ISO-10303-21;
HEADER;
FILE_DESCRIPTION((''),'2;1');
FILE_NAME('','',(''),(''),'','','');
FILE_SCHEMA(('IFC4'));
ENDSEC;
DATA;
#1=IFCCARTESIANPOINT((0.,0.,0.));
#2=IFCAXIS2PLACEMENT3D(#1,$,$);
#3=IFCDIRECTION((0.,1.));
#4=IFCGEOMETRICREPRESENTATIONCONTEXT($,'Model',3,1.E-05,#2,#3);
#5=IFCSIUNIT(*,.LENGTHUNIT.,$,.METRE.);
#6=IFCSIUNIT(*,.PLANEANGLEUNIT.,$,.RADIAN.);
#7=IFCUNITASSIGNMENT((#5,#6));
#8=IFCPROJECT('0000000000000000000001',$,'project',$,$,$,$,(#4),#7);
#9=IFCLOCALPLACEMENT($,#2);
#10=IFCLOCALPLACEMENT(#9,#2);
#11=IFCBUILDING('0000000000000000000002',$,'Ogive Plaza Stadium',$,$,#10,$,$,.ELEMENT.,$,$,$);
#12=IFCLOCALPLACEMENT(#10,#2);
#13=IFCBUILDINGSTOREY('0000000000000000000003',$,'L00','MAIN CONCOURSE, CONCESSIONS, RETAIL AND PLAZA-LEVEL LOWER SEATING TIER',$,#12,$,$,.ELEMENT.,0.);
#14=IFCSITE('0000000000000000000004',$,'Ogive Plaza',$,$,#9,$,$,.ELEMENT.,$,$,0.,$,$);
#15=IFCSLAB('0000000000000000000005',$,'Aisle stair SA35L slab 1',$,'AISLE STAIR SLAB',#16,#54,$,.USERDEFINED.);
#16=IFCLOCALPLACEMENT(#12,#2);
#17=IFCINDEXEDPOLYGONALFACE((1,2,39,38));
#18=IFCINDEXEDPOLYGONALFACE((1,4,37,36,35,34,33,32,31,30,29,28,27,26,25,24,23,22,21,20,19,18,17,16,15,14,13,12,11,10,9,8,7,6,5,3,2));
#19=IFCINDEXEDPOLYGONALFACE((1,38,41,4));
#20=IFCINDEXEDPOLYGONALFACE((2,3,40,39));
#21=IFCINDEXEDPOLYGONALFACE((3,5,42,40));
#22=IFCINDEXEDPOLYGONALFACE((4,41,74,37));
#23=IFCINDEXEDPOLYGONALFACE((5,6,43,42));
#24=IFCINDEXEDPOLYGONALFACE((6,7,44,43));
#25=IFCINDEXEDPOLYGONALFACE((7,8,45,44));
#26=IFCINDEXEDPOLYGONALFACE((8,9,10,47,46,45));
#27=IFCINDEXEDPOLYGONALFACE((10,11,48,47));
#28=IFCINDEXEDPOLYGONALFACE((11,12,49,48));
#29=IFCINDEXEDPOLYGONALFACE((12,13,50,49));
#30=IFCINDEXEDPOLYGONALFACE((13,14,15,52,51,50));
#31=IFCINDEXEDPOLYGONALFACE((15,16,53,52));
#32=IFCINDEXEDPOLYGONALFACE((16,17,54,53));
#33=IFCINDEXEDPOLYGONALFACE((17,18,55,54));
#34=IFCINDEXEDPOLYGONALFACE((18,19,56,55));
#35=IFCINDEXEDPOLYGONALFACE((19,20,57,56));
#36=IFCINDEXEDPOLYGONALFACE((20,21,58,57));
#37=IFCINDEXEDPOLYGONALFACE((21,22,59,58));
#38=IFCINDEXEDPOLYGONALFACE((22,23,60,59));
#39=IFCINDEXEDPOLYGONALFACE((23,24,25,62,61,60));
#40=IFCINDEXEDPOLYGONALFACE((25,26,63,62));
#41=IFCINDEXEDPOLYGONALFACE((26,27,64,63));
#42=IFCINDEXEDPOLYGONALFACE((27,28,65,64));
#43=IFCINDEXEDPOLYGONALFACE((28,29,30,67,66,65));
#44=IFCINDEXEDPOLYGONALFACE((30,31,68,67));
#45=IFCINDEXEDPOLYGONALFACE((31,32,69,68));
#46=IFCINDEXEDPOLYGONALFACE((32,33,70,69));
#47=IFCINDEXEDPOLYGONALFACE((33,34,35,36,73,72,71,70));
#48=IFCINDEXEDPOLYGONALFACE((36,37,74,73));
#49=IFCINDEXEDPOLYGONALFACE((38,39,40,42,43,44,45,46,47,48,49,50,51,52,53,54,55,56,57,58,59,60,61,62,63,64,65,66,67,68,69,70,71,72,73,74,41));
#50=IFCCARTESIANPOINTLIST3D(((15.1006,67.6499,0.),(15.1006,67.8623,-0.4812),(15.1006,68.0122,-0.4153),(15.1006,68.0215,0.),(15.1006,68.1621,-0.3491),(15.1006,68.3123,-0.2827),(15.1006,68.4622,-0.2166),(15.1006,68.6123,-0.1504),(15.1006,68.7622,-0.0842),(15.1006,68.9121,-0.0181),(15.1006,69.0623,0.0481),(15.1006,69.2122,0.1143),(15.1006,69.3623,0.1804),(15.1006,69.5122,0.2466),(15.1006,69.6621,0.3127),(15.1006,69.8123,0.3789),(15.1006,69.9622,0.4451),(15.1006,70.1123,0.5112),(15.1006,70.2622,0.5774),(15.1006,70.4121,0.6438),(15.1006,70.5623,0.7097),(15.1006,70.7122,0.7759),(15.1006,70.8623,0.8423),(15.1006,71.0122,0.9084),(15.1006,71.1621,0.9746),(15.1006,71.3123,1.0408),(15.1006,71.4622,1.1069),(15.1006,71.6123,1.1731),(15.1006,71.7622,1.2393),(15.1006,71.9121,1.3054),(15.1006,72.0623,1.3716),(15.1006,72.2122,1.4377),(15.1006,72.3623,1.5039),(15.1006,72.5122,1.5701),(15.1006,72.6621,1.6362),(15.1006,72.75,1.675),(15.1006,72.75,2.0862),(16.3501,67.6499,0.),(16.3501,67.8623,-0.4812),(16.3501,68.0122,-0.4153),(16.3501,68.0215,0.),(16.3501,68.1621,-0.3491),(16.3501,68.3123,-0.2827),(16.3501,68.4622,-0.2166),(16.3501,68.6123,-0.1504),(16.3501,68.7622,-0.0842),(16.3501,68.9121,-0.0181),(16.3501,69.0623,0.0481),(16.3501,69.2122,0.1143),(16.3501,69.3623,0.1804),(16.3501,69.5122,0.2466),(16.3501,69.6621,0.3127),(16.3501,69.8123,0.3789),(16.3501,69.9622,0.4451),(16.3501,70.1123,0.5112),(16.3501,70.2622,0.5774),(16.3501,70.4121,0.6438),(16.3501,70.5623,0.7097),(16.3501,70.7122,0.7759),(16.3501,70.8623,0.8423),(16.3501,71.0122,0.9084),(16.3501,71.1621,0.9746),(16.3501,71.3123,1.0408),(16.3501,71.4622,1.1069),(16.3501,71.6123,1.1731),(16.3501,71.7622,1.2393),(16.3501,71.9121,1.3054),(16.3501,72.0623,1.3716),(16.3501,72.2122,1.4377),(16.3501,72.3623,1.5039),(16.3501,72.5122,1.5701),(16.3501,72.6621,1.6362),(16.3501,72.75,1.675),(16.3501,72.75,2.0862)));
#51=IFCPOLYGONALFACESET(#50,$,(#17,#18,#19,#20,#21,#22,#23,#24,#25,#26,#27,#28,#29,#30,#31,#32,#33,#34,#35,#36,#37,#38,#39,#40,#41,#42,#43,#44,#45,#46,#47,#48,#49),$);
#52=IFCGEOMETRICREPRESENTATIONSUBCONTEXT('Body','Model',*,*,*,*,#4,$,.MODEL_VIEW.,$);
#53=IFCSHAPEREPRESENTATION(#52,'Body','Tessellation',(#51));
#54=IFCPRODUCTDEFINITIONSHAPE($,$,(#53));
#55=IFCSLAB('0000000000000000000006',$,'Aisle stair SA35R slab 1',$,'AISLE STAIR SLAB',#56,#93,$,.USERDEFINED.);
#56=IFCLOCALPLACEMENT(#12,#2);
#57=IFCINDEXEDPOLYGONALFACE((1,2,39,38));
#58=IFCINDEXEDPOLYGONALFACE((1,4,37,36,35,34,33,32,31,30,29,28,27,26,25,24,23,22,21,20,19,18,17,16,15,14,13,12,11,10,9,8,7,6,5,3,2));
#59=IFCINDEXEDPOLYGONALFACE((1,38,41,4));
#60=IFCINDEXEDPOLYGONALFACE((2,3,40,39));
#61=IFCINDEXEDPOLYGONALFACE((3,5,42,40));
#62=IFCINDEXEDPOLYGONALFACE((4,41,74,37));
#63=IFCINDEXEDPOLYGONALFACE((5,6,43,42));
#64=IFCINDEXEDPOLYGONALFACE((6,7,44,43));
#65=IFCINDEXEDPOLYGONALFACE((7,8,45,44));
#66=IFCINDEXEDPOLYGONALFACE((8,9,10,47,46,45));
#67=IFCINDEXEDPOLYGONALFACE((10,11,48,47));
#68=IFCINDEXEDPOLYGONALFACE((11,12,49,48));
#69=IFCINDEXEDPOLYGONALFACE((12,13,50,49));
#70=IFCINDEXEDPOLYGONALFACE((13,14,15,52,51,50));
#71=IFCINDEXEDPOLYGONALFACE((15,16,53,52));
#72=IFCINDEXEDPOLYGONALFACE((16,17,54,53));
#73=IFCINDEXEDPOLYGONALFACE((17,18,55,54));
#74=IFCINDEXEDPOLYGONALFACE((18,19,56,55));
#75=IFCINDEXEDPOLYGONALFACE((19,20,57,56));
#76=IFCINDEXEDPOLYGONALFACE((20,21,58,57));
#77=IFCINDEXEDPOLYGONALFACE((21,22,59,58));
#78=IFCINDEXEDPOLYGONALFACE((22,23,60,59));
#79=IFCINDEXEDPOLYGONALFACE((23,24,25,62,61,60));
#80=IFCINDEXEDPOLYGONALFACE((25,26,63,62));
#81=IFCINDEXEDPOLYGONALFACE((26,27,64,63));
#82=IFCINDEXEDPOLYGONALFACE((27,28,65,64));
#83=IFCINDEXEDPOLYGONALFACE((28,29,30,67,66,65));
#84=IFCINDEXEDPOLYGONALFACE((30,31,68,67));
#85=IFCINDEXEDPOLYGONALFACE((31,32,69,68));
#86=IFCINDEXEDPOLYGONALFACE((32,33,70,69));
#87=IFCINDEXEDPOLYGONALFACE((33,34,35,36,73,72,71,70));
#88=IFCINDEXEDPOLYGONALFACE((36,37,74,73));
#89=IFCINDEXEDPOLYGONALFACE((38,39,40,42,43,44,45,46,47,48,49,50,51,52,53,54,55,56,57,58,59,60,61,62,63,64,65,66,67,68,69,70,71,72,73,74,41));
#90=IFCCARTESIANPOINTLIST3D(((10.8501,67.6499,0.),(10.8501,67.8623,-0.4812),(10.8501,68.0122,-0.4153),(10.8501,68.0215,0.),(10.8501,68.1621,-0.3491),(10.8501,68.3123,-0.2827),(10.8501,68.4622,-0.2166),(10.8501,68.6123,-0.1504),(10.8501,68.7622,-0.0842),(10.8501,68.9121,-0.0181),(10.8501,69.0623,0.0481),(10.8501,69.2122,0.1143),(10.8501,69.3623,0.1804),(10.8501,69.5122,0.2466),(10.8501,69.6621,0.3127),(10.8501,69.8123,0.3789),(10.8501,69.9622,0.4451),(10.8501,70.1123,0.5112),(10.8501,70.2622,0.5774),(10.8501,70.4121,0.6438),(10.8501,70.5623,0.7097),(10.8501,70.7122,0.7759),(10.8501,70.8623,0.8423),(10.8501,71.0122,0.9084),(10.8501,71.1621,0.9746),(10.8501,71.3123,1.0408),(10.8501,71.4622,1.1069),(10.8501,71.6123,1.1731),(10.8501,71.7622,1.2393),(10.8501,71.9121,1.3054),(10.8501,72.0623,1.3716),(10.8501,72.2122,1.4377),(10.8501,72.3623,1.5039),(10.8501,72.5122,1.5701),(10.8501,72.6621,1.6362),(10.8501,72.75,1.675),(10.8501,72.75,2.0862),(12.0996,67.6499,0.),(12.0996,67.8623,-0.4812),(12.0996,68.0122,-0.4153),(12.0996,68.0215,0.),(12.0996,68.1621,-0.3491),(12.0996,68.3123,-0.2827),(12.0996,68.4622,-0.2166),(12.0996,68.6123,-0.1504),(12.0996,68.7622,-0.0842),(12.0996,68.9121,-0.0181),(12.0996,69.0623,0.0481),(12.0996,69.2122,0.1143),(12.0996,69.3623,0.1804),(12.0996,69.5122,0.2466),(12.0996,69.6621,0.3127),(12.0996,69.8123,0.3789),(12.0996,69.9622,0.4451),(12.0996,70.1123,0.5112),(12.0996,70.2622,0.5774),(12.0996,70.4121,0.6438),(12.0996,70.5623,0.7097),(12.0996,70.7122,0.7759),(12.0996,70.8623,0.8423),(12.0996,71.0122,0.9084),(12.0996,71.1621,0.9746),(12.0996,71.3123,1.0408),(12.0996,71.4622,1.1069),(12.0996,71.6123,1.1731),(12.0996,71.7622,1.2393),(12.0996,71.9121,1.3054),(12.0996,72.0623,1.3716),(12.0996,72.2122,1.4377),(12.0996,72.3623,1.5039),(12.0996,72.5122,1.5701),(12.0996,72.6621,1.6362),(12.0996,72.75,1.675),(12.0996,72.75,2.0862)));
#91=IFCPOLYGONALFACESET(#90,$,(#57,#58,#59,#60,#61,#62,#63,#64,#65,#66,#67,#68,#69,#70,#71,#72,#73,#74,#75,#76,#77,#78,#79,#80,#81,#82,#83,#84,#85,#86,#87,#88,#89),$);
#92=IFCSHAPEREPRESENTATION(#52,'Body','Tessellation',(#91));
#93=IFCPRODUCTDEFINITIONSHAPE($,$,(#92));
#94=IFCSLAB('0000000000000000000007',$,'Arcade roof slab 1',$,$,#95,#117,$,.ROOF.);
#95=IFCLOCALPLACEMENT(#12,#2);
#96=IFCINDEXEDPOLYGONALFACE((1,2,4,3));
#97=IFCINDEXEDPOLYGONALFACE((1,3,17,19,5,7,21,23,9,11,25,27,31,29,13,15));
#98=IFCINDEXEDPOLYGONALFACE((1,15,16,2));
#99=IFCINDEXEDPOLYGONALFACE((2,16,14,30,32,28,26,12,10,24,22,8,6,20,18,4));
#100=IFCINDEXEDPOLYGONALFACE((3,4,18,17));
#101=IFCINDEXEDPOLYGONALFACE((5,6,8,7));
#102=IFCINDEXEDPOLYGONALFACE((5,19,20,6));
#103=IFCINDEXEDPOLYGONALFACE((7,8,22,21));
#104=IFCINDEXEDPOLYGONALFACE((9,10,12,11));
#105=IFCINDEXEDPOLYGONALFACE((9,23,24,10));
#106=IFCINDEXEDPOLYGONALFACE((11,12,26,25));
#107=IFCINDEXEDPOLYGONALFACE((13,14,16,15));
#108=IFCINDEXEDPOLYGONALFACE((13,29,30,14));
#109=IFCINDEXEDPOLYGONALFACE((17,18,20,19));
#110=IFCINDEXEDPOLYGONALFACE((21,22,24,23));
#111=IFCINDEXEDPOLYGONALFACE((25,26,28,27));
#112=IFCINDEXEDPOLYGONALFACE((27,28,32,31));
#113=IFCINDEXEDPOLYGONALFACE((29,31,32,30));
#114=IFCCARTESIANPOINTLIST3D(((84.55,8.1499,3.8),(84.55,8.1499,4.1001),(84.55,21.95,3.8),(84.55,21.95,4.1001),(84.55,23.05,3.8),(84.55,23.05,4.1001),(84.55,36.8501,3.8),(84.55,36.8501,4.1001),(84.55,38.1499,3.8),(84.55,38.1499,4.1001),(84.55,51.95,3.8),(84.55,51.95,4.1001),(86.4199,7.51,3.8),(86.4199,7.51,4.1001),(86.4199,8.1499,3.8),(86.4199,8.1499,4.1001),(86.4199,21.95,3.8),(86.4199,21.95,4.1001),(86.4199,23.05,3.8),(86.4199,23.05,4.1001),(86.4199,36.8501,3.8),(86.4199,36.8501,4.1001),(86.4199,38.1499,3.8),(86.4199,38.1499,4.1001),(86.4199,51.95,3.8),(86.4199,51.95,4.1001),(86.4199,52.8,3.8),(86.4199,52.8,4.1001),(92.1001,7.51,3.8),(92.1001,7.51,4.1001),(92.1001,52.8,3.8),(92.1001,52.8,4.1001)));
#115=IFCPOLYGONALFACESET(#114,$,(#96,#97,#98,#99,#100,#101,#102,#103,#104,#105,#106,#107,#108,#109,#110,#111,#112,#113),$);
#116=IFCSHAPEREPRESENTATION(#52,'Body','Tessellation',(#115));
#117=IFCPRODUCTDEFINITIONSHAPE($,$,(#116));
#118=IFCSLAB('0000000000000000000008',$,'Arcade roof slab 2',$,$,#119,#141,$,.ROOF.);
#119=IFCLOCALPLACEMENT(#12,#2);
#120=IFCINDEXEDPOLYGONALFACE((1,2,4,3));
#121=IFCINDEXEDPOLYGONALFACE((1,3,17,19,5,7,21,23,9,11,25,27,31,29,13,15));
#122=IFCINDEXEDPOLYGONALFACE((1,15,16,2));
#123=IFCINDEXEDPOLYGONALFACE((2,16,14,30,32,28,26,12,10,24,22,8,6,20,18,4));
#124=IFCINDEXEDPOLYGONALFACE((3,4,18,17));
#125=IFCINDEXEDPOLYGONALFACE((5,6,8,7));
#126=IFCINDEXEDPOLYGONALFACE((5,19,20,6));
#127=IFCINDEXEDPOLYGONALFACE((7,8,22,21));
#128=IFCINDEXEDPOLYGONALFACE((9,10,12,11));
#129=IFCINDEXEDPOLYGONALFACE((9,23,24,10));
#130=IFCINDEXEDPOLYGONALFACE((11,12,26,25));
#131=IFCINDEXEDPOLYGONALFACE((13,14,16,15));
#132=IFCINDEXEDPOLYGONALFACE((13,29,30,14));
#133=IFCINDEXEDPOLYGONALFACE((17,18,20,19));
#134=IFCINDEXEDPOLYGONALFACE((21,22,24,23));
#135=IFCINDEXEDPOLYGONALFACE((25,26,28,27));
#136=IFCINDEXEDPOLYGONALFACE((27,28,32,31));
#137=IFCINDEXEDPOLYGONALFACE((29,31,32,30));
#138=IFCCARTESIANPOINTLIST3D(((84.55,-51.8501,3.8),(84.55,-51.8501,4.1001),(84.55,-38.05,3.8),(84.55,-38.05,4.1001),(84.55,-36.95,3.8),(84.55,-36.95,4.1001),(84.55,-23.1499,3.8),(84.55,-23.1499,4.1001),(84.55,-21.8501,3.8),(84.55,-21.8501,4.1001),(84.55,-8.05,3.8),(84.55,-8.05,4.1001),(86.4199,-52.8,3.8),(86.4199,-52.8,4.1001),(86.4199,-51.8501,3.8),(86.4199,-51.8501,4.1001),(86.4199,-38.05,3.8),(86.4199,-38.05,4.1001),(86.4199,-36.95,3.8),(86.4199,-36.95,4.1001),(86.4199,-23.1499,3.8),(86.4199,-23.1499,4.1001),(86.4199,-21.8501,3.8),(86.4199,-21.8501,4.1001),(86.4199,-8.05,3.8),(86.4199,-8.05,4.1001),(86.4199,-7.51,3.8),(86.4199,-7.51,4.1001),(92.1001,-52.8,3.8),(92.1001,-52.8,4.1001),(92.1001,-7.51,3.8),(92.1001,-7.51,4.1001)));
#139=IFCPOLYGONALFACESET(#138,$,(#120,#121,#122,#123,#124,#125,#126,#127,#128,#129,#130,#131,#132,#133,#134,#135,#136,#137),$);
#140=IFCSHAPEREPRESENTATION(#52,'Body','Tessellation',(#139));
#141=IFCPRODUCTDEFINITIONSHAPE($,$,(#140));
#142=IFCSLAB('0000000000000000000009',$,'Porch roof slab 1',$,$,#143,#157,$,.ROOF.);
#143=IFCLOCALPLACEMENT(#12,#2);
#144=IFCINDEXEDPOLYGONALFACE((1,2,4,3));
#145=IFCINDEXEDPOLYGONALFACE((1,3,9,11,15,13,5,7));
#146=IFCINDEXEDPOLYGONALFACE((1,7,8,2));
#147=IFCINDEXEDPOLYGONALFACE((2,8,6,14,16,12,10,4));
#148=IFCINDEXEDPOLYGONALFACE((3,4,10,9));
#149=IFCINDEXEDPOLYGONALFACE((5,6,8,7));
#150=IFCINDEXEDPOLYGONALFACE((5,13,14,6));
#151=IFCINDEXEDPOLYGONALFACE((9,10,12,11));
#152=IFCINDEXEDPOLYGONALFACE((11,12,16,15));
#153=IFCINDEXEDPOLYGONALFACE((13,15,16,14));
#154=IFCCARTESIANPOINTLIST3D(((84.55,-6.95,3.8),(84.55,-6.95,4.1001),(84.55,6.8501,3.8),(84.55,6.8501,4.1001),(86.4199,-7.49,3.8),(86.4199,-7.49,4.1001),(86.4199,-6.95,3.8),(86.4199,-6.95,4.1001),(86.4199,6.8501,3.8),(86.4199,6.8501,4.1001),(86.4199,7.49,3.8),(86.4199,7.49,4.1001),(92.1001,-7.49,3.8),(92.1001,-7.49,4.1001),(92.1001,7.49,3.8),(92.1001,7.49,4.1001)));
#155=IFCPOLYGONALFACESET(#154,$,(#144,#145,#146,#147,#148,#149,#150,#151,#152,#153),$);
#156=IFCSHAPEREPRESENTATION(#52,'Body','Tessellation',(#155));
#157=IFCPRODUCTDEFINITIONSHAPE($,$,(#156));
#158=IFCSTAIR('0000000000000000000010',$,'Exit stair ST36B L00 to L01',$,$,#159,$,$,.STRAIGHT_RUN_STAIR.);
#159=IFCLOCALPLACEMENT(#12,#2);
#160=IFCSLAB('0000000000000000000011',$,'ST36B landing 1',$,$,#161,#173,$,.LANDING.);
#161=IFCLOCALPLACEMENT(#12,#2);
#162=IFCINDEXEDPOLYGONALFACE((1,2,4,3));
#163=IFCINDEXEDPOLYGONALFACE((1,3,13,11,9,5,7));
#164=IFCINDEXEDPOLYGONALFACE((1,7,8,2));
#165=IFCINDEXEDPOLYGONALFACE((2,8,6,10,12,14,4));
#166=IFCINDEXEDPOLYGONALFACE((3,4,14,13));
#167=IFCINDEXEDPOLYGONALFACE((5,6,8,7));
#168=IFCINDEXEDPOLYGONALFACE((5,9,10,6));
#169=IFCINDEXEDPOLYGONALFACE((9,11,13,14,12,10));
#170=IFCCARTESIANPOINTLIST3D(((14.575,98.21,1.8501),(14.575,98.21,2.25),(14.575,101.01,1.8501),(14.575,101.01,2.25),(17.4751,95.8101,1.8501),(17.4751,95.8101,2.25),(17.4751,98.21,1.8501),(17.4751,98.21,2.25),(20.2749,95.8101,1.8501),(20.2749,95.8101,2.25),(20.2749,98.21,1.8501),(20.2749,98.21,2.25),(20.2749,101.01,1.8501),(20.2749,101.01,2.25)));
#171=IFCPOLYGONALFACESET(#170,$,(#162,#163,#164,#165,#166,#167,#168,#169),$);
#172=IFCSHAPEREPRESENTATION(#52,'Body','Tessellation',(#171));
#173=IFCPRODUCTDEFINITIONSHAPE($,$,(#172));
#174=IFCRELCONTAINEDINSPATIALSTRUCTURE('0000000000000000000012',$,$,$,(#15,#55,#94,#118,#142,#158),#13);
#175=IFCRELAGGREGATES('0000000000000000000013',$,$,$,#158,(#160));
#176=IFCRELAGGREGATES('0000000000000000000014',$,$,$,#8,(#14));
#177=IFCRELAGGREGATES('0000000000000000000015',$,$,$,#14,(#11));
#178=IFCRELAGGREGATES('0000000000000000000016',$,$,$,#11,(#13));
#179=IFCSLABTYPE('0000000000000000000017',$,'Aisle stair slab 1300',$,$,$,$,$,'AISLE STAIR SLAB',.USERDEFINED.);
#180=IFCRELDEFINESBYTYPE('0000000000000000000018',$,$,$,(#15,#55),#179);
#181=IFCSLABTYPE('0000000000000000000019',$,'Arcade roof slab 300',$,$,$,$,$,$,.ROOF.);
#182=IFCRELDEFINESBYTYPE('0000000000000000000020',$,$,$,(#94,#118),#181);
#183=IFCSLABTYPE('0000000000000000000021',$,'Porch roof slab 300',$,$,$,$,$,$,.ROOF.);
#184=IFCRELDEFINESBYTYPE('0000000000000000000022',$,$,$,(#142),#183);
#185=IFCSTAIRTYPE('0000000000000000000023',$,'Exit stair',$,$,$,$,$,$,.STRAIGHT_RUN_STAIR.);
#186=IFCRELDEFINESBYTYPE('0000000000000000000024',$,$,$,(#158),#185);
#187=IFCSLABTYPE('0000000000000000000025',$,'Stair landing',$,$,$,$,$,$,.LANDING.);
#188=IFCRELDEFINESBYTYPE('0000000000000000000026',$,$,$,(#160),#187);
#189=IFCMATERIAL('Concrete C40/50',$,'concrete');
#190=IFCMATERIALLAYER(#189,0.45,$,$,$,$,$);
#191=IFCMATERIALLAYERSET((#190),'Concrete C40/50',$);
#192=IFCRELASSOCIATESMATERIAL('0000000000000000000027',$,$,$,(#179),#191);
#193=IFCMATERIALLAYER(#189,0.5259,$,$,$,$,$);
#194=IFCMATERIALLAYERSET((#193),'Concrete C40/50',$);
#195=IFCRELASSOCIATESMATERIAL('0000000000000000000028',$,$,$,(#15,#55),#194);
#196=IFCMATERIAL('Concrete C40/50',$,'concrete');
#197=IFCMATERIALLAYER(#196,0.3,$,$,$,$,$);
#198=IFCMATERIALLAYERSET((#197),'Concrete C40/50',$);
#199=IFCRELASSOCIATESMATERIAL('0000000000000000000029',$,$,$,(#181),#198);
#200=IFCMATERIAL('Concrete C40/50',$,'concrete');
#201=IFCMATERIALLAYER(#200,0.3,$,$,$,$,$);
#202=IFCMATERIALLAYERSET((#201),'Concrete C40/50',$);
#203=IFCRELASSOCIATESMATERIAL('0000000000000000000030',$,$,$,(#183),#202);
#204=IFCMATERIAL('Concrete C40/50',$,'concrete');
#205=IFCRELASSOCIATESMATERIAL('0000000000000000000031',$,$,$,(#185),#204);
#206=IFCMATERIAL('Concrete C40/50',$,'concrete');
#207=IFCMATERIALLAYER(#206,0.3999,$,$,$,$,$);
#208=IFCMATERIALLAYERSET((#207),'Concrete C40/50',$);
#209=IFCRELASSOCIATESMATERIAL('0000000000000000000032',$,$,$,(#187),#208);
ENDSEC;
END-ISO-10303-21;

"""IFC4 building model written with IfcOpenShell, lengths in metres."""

from ifc_helpers import new_model, si_unit, direction, frame, origin, place, context, subcontext, project, spatial, polyline, outline, extrude, material, layer, layer_set, type_object, element, aggregate, save


model = new_model("IFC4")

# Units and contexts
model_context = context("Model", 3, precision=1e-05, world=origin(), true_north=direction((0.0, 1.0)))
body_context = subcontext(model_context, "Body", "Model", "MODEL_VIEW")
ifc_project = project(units=[si_unit("LENGTHUNIT", "METRE"), si_unit("PLANEANGLEUNIT", "RADIAN")], contexts=[model_context])

# Site, building, storey
site_placement = place(None, origin())
site = spatial("IfcSite", under=ifc_project, at=site_placement, Name="Ogive Plaza", CompositionType="ELEMENT", RefElevation=0.0)
building_placement = place(site_placement, origin())
building = spatial("IfcBuilding", under=site, at=building_placement, Name="Ogive Plaza Stadium", CompositionType="ELEMENT")
storey_placement = place(building_placement, origin())
storey = spatial("IfcBuildingStorey", under=building, at=storey_placement, Name="L00", Description="MAIN CONCOURSE, CONCESSIONS, RETAIL AND PLAZA-LEVEL LOWER SEATING TIER", CompositionType="ELEMENT", Elevation=0.0)

# Slabs
ifc_material_1 = material(Name="Concrete C40/50", Category="concrete")
ifc_layer_1 = layer(ifc_material_1, 0.5259)
ifc_layer_set_1 = layer_set([ifc_layer_1], Name="Concrete C40/50")
ifc_layer_2 = layer(ifc_material_1, 0.45)
ifc_layer_set_2 = layer_set([ifc_layer_2], Name="Concrete C40/50")
slab_type_1 = type_object("IfcSlabType", Name="Aisle stair slab 1300", ElementType="AISLE STAIR SLAB", PredefinedType="USERDEFINED", material=ifc_layer_set_2)
for number, where, z_axis, x_axis, name in (
    (1, (15.7253, 67.6499, 0.0), (0.0, 0.0, 1.0), (0.0, 1.0, 0.0), "Aisle stair SA35L slab 1"),
    (2, (11.4749, 67.6499, 0.0), (0.0, 0.0, 1.0), (0.0, 1.0, 0.0), "Aisle stair SA35R slab 1"),
):
    element("IfcSlab", number, at=place(storey_placement, frame(where, z_axis=z_axis, x_axis=x_axis)), inside=storey, type_object=slab_type_1, material=ifc_layer_set_1, Name=name, ObjectType="AISLE STAIR SLAB", PredefinedType="USERDEFINED", context=body_context, shape_type="SweptSolid", body=[
        extrude(outline(polyline([(0.0, 0.0), (0.3716, 0.0), (5.1001, 2.0862), (5.1001, 1.675), (5.0122, 1.6362), (4.8623, 1.5701), (4.7124, 1.5039), (4.5623, 1.4377), (4.4124, 1.3716), (4.2622, 1.3054), (4.1123, 1.2393), (3.9624, 1.1731), (3.8123, 1.1069), (3.6624, 1.0408), (3.5122, 0.9746), (3.3623, 0.9084), (3.2124, 0.8423), (3.0623, 0.7759), (2.9124, 0.7097), (2.7622, 0.6438), (2.6123, 0.5774), (2.4624, 0.5112), (2.3123, 0.4451), (2.1624, 0.3789), (2.0122, 0.3127), (1.8623, 0.2466), (1.7124, 0.1804), (1.5623, 0.1143), (1.4124, 0.0481), (1.2622, -0.0181), (1.1123, -0.0842), (0.9624, -0.1504), (0.8123, -0.2166), (0.6624, -0.2827), (0.5122, -0.3491), (0.3623, -0.4153), (0.2124, -0.4812), (0.0, 0.0)])), frame((0.0, 0.6248, 0.0), z_axis=(0.0, -1.0, 0.0), x_axis=(1.0, 0.0, 0.0)), (0.0, 0.0, 1.0), 1.2495),
    ])
ifc_material_2 = material(Name="Concrete C40/50", Category="concrete")
ifc_layer_3 = layer(ifc_material_2, 0.3)
ifc_layer_set_3 = layer_set([ifc_layer_3], Name="Concrete C40/50")
slab_type_2 = type_object("IfcSlabType", Name="Arcade roof slab 300", PredefinedType="ROOF", material=ifc_layer_set_3)
slab_1_placement = place(storey_placement, frame((0.0, 0.0, 3.8)))
element("IfcSlab", 3, at=slab_1_placement, inside=storey, type_object=slab_type_2, Name="Arcade roof slab 1", PredefinedType="ROOF", context=body_context, shape_type="SweptSolid", body=[
    extrude(outline(polyline([(84.55, 8.1499), (86.4199, 8.1499), (86.4199, 7.51), (92.1001, 7.51), (92.1001, 52.8), (86.4199, 52.8), (86.4199, 51.95), (84.55, 51.95), (84.55, 38.1499), (86.4199, 38.1499), (86.4199, 36.8501), (84.55, 36.8501), (84.55, 23.05), (86.4199, 23.05), (86.4199, 21.95), (84.55, 21.95), (84.55, 8.1499)])), origin(), (0.0, 0.0, 1.0), 0.3),
])
slab_2_placement = place(storey_placement, frame((0.0, 0.0, 3.8)))
element("IfcSlab", 4, at=slab_2_placement, inside=storey, type_object=slab_type_2, Name="Arcade roof slab 2", PredefinedType="ROOF", context=body_context, shape_type="SweptSolid", body=[
    extrude(outline(polyline([(84.55, -51.8501), (86.4199, -51.8501), (86.4199, -52.8), (92.1001, -52.8), (92.1001, -7.51), (86.4199, -7.51), (86.4199, -8.05), (84.55, -8.05), (84.55, -21.8501), (86.4199, -21.8501), (86.4199, -23.1499), (84.55, -23.1499), (84.55, -36.95), (86.4199, -36.95), (86.4199, -38.05), (84.55, -38.05), (84.55, -51.8501)])), origin(), (0.0, 0.0, 1.0), 0.3),
])
ifc_material_3 = material(Name="Concrete C40/50", Category="concrete")
ifc_layer_4 = layer(ifc_material_3, 0.3)
ifc_layer_set_4 = layer_set([ifc_layer_4], Name="Concrete C40/50")
slab_type_3 = type_object("IfcSlabType", Name="Porch roof slab 300", PredefinedType="ROOF", material=ifc_layer_set_4)
slab_3_placement = place(storey_placement, frame((0.0, 0.0, 3.8)))
element("IfcSlab", 5, at=slab_3_placement, inside=storey, type_object=slab_type_3, Name="Porch roof slab 1", PredefinedType="ROOF", context=body_context, shape_type="SweptSolid", body=[
    extrude(outline(polyline([(86.4199, -6.95), (86.4199, -7.49), (92.1001, -7.49), (92.1001, 7.49), (86.4199, 7.49), (86.4199, 6.8501), (84.55, 6.8501), (84.55, -6.95), (86.4199, -6.95)])), origin(), (0.0, 0.0, 1.0), 0.3),
])

# Stair, slab
ifc_material_4 = material(Name="Concrete C40/50", Category="concrete")
stair_type = type_object("IfcStairType", Name="Exit stair", PredefinedType="STRAIGHT_RUN_STAIR", material=ifc_material_4)
stair_1_placement = place(storey_placement, origin())
stair_1 = element("IfcStair", 6, at=stair_1_placement, inside=storey, type_object=stair_type, Name="Exit stair ST36B L00 to L01", PredefinedType="STRAIGHT_RUN_STAIR")
ifc_material_5 = material(Name="Concrete C40/50", Category="concrete")
ifc_layer_5 = layer(ifc_material_5, 0.3999)
ifc_layer_set_5 = layer_set([ifc_layer_5], Name="Concrete C40/50")
slab_type_4 = type_object("IfcSlabType", Name="Stair landing", PredefinedType="LANDING", material=ifc_layer_set_5)
slab_4_placement = place(storey_placement, frame((0.0, 0.0, 1.8501)))
slab_4 = element("IfcSlab", 7, at=slab_4_placement, type_object=slab_type_4, Name="ST36B landing 1", PredefinedType="LANDING", context=body_context, shape_type="SweptSolid", body=[
    extrude(outline(polyline([(20.2749, 95.8101), (17.4751, 95.8101), (17.4751, 98.21), (14.575, 98.21), (14.575, 101.01), (20.2749, 101.01), (20.2749, 98.21), (20.2749, 95.8101)])), origin(), (0.0, 0.0, 1.0), 0.3999),
])
aggregate(stair_1, [slab_4])

save(model, "model.ifc")
